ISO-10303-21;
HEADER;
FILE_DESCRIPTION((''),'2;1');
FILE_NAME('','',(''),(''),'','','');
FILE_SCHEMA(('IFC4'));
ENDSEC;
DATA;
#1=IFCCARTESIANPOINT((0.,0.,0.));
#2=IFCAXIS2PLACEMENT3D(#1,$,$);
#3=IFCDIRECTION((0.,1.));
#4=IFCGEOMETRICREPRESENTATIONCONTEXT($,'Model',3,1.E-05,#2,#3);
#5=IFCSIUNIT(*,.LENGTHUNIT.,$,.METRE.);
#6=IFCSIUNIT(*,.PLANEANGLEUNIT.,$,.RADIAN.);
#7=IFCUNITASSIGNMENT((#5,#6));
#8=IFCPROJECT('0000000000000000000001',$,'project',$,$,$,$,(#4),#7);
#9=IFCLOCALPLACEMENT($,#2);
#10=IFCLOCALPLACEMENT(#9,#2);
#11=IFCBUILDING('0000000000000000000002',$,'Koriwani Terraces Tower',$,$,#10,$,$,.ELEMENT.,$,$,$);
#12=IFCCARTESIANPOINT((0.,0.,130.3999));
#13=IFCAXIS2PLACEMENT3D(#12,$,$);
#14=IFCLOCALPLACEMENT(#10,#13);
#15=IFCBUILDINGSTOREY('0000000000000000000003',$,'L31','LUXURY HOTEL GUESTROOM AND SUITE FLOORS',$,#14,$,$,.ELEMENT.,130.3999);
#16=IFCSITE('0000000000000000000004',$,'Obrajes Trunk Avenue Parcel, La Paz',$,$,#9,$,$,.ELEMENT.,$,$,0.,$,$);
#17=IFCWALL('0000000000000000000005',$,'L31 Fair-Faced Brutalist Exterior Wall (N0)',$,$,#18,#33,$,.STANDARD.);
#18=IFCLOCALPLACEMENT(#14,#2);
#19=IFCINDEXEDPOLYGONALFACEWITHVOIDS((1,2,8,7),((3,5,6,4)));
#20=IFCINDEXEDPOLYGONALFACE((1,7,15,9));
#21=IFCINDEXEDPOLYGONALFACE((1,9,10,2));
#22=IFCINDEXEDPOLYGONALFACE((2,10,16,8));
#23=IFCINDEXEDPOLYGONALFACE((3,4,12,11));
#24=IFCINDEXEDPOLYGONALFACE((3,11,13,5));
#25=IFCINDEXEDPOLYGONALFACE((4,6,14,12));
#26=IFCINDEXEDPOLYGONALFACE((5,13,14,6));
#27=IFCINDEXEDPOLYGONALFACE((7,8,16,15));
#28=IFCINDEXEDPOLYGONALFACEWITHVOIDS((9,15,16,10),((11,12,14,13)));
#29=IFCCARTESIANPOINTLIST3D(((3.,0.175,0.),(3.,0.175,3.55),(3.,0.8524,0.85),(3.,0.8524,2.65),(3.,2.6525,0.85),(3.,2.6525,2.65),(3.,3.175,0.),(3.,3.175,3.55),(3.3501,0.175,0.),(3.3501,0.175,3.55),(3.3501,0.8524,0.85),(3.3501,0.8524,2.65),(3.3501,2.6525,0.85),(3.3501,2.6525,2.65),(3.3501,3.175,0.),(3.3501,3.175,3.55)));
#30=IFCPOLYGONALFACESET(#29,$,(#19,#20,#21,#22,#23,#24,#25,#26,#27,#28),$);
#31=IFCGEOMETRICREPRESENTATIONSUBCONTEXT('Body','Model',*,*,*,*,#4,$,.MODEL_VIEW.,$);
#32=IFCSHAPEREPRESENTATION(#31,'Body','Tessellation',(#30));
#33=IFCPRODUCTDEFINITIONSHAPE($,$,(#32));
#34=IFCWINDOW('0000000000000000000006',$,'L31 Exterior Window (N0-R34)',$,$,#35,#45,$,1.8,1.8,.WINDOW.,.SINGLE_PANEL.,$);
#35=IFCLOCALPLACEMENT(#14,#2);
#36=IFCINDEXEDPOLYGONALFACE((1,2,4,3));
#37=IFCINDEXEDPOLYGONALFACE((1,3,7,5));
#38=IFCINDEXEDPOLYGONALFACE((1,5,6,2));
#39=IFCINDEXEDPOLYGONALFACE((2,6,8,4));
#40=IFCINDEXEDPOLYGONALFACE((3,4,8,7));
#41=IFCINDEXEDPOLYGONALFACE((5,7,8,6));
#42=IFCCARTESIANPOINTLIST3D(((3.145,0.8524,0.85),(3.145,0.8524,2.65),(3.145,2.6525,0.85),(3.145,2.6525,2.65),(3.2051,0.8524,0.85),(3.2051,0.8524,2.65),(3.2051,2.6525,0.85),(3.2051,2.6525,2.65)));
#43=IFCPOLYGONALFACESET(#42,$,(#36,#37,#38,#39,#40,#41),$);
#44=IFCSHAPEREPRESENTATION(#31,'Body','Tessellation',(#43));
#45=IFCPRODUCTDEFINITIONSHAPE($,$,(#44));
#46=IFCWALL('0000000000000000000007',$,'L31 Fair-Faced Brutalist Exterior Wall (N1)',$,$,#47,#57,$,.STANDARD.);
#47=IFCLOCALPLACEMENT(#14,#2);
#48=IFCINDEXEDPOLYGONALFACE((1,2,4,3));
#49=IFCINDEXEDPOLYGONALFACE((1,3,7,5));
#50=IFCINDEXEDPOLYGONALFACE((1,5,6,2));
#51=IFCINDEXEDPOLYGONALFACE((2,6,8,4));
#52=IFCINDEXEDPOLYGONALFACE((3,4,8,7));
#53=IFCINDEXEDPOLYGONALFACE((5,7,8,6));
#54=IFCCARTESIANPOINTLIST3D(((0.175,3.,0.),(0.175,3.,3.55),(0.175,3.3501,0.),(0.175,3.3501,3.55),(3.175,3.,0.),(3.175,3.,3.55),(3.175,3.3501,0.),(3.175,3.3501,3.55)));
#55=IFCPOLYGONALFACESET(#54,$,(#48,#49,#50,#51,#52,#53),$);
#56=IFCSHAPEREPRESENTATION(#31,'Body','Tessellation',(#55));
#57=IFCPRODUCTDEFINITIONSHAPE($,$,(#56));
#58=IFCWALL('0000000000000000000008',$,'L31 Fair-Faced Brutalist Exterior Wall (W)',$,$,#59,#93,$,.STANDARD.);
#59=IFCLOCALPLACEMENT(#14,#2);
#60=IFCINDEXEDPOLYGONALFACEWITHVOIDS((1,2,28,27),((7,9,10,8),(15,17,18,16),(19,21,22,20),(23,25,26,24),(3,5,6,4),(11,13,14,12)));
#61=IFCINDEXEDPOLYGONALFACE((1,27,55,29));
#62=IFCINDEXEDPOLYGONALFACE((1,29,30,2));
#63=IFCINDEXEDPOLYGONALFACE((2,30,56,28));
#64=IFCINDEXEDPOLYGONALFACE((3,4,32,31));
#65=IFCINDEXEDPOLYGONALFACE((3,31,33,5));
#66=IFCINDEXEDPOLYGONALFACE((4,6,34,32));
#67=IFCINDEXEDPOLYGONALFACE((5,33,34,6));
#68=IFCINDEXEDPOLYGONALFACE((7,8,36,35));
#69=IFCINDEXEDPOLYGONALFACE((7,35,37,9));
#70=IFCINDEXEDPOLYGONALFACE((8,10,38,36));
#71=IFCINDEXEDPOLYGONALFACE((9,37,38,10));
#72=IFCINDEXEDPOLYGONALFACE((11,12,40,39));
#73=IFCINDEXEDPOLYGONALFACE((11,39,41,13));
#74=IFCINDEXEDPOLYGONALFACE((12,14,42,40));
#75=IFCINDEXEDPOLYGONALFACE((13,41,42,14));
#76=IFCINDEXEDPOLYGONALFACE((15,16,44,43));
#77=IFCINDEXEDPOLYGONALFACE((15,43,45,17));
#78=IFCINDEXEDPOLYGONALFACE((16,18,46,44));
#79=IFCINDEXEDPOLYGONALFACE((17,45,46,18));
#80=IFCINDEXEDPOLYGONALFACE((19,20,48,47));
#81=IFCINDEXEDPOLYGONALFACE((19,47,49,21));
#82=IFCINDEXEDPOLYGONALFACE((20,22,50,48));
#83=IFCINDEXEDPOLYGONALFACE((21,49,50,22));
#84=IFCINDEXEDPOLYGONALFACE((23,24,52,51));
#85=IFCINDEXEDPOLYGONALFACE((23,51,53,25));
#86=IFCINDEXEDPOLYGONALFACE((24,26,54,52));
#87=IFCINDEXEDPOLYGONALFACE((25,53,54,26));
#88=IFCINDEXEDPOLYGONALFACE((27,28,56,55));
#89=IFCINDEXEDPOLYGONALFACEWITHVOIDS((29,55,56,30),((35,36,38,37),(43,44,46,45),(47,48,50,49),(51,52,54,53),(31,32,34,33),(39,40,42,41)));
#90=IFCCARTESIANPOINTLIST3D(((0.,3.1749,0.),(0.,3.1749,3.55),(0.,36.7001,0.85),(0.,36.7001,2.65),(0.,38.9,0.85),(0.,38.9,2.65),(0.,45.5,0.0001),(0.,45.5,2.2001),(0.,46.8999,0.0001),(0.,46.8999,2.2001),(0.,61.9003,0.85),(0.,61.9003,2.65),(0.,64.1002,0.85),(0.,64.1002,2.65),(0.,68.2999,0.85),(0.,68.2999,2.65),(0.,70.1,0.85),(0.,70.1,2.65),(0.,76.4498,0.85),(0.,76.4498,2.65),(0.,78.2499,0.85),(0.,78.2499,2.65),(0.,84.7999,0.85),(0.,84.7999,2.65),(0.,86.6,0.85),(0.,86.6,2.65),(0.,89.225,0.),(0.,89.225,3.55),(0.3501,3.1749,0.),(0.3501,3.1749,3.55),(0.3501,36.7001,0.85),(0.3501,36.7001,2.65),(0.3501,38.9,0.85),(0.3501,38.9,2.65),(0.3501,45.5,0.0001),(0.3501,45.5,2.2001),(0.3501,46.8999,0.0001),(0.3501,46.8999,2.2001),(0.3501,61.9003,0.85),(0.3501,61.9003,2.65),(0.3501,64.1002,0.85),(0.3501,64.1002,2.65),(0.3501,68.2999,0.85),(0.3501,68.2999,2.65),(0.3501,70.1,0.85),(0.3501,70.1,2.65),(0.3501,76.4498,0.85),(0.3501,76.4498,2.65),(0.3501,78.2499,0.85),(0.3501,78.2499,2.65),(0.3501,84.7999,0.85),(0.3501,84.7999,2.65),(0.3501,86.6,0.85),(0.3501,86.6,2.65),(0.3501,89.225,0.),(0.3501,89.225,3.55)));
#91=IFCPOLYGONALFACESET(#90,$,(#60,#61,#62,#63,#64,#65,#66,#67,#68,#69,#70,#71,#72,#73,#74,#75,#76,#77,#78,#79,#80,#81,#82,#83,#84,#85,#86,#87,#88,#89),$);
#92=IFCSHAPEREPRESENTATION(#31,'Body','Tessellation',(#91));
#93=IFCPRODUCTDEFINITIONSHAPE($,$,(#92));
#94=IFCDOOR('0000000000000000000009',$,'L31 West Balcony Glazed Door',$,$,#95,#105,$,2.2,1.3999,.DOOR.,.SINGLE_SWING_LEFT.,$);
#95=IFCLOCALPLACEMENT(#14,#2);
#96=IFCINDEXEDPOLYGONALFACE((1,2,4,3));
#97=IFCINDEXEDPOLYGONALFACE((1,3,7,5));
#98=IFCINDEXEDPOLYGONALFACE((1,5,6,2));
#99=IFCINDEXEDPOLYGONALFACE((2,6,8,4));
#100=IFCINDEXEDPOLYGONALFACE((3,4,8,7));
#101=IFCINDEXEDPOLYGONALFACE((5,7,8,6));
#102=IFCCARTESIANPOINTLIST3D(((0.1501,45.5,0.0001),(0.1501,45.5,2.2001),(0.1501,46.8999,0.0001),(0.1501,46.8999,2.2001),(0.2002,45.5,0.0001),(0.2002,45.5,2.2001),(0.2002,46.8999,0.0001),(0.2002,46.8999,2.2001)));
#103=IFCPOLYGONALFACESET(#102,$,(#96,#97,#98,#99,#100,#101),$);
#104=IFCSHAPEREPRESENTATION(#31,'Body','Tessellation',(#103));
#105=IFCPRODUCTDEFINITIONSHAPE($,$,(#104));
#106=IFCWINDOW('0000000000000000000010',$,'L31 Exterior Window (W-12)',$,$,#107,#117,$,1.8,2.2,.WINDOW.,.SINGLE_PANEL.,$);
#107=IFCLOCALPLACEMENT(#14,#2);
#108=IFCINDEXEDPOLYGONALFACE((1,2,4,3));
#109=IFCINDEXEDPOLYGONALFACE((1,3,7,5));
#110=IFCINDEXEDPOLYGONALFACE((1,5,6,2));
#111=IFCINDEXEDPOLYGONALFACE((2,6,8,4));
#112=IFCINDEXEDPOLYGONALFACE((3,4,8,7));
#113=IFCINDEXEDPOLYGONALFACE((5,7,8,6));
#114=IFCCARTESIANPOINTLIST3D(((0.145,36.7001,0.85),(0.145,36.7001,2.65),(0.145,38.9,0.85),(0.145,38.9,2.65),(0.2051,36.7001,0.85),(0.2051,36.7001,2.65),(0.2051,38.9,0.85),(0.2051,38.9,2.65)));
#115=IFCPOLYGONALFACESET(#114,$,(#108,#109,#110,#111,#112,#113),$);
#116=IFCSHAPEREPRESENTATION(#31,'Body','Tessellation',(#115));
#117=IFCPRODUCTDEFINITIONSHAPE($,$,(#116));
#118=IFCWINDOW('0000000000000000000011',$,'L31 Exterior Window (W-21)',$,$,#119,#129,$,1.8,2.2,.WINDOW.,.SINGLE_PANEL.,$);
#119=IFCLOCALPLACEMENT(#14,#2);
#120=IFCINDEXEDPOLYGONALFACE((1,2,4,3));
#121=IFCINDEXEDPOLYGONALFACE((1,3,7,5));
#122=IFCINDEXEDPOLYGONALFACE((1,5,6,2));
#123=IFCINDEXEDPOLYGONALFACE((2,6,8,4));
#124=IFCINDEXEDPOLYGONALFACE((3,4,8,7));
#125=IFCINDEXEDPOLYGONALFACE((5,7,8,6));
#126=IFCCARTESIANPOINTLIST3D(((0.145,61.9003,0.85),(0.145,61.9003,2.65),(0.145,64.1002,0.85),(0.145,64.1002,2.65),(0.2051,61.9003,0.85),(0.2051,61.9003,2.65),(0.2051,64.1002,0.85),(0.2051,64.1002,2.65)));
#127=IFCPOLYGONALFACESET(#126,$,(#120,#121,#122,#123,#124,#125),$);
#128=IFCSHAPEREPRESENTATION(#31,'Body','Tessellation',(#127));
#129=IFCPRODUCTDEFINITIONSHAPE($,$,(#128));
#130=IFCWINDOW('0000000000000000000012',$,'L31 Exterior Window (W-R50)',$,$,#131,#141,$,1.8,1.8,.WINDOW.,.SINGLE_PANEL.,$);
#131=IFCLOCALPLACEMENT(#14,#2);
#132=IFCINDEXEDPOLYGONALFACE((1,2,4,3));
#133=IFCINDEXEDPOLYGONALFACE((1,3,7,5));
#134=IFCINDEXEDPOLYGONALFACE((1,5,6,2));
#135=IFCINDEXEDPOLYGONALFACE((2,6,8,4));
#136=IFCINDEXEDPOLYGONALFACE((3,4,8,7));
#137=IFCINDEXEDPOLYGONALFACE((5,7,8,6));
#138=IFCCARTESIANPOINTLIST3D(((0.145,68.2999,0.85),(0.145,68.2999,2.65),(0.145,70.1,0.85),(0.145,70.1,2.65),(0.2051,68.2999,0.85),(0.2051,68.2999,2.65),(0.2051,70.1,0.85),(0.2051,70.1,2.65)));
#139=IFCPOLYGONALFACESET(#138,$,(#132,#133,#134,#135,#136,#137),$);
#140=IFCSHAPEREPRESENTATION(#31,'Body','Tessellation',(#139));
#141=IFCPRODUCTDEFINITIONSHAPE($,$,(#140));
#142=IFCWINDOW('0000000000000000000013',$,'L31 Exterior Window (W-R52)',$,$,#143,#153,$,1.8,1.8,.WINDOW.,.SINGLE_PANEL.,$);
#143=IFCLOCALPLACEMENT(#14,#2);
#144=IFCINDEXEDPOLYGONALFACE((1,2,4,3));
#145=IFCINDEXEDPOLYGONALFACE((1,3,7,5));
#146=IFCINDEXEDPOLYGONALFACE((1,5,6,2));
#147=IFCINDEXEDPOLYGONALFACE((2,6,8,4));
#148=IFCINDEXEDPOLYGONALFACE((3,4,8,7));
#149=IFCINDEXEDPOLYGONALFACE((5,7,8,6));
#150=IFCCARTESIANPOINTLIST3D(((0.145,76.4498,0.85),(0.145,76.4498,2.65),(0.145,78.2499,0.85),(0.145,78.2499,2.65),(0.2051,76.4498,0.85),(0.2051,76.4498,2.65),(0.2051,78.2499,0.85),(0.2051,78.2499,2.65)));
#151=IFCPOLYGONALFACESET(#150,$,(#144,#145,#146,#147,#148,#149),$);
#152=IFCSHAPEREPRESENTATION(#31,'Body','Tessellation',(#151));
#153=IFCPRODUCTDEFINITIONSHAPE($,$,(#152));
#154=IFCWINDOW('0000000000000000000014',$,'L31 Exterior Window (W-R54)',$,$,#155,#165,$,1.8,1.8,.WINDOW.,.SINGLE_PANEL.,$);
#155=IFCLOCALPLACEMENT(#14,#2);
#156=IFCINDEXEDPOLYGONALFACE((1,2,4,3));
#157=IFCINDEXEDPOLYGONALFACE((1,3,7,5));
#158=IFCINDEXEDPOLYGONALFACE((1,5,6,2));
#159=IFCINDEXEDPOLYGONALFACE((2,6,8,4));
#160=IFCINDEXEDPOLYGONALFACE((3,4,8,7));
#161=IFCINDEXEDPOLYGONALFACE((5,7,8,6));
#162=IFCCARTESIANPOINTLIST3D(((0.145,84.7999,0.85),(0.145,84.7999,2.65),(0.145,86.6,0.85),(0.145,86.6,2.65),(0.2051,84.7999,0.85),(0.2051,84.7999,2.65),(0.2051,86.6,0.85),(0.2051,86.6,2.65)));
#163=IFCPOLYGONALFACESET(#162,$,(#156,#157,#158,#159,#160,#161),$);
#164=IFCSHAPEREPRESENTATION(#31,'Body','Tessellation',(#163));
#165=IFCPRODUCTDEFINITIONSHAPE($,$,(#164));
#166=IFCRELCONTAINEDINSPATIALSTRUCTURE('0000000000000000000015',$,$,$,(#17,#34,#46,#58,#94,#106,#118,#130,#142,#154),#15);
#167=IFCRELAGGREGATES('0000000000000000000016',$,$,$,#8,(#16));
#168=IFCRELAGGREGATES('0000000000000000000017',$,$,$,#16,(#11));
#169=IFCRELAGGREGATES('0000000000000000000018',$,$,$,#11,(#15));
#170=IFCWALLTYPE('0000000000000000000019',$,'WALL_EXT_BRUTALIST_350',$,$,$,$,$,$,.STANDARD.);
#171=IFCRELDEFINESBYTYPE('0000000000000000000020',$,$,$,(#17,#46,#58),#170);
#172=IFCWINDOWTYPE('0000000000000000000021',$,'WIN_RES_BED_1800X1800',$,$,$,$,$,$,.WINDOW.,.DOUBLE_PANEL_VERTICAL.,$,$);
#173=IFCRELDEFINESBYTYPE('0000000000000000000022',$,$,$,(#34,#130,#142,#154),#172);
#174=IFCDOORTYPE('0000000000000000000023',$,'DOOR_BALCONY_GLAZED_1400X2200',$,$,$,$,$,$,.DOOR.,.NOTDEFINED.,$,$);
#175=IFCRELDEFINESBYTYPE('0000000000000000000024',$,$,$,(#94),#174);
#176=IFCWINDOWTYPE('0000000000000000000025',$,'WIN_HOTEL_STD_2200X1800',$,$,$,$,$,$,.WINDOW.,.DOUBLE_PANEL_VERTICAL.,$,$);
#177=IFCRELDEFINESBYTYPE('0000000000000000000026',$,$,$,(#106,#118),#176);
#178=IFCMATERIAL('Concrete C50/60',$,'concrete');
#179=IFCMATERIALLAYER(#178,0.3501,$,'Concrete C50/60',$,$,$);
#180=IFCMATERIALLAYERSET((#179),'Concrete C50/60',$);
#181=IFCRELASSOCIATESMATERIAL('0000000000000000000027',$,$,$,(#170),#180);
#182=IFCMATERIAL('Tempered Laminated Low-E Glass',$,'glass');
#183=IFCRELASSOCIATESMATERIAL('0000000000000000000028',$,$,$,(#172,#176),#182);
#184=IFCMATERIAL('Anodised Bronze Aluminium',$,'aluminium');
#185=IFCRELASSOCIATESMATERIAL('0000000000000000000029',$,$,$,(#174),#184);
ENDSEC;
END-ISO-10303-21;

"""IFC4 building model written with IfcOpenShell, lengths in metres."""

from ifc_helpers import new_model, si_unit, direction, frame, frame_2d, origin, place, context, subcontext, project, spatial, rectangle, extrude, material, layer, layer_set, type_object, element, fill, save


model = new_model("IFC4")

# Units and contexts
model_context = context("Model", 3, precision=1e-05, world=origin(), true_north=direction((0.0, 1.0)))
body_context = subcontext(model_context, "Body", "Model", "MODEL_VIEW")
ifc_project = project(units=[si_unit("LENGTHUNIT", "METRE"), si_unit("PLANEANGLEUNIT", "RADIAN")], contexts=[model_context])

# Site, building, storey
site_placement = place(None, origin())
site = spatial("IfcSite", under=ifc_project, at=site_placement, Name="Obrajes Trunk Avenue Parcel, La Paz", CompositionType="ELEMENT", RefElevation=0.0)
building_placement = place(site_placement, origin())
building = spatial("IfcBuilding", under=site, at=building_placement, Name="Koriwani Terraces Tower", CompositionType="ELEMENT")
storey_placement = place(building_placement, frame((0.0, 0.0, 130.3999)))
storey = spatial("IfcBuildingStorey", under=building, at=storey_placement, Name="L31", Description="LUXURY HOTEL GUESTROOM AND SUITE FLOORS", CompositionType="ELEMENT", Elevation=130.3999)

# Shared definitions
ifc_material_1 = material(Name="Concrete C50/60", Category="concrete")

# Wall, opening, window
ifc_layer_1 = layer(ifc_material_1, 0.3501, Name="Concrete C50/60")
ifc_layer_set_1 = layer_set([ifc_layer_1], Name="Concrete C50/60")
wall_type_1 = type_object("IfcWallType", Name="WALL_EXT_BRUTALIST_350", PredefinedType="STANDARD", material=ifc_layer_set_1)
wall_1_placement = place(storey_placement, frame((3.175, 0.175, 0.0), z_axis=(0.0, 0.0, 1.0), x_axis=(0.0, 1.0, 0.0)))
wall_1 = element("IfcWall", 1, at=wall_1_placement, inside=storey, type_object=wall_type_1, Name="L31 Fair-Faced Brutalist Exterior Wall (N0)", PredefinedType="STANDARD", context=body_context, shape_type="SweptSolid", body=[
    extrude(rectangle(XDim=3.0, YDim=0.3501, at=frame_2d((1.5, 0.0))), origin(), (0.0, 0.0, 1.0), 3.55),
])
opening_1_placement = place(wall_1_placement, frame((0.6775, 0.0, 0.8501)))
opening_1 = element("IfcOpeningElement", 2, at=opening_1_placement, cuts=wall_1, PredefinedType="OPENING", context=body_context, shape_type="SweptSolid", body=[
    extrude(rectangle(XDim=1.8, YDim=1.8, at=frame_2d((0.8999, 0.8999))), frame((0.0, 0.1851, 0.0), z_axis=(0.0, -1.0, 0.0), x_axis=(1.0, 0.0, 0.0)), (0.0, 0.0, 1.0), 0.3701),
])
ifc_material_2 = material(Name="Tempered Laminated Low-E Glass", Category="glass")
window_type_1 = type_object("IfcWindowType", Name="WIN_RES_BED_1800X1800", PartitioningType="DOUBLE_PANEL_VERTICAL", PredefinedType="WINDOW", material=ifc_material_2)
window_1_placement = place(opening_1_placement, origin())
window_1 = element("IfcWindow", 3, at=window_1_placement, inside=storey, type_object=window_type_1, Name="L31 Exterior Window (N0-R34)", OverallHeight=1.8, OverallWidth=1.8, PartitioningType="SINGLE_PANEL", PredefinedType="WINDOW", context=body_context, shape_type="SweptSolid", body=[
    extrude(rectangle(XDim=1.8, YDim=1.8, at=frame_2d((0.8999, 0.8999))), frame((0.0, 0.03, 0.0), z_axis=(0.0, -1.0, 0.0), x_axis=(1.0, 0.0, 0.0)), (0.0, 0.0, 1.0), 0.0601),
])
fill(opening_1, window_1)

# Wall
wall_2_placement = place(storey_placement, frame((3.175, 3.175, 0.0), z_axis=(0.0, 0.0, 1.0), x_axis=(-1.0, 0.0, 0.0)))
element("IfcWall", 4, at=wall_2_placement, inside=storey, type_object=wall_type_1, Name="L31 Fair-Faced Brutalist Exterior Wall (N1)", PredefinedType="STANDARD", context=body_context, shape_type="SweptSolid", body=[
    extrude(rectangle(XDim=3.0, YDim=0.3501, at=frame_2d((1.5, 0.0))), origin(), (0.0, 0.0, 1.0), 3.55),
])

# Wall, openings, door, windows
wall_3_placement = place(storey_placement, frame((0.175, 3.175, 0.0), z_axis=(0.0, 0.0, 1.0), x_axis=(0.0, 1.0, 0.0)))
wall_3 = element("IfcWall", 5, at=wall_3_placement, inside=storey, type_object=wall_type_1, Name="L31 Fair-Faced Brutalist Exterior Wall (W)", PredefinedType="STANDARD", context=body_context, shape_type="SweptSolid", body=[
    extrude(rectangle(XDim=86.05, YDim=0.3501, at=frame_2d((43.0249, 0.0))), origin(), (0.0, 0.0, 1.0), 3.55),
])
opening_2_placement = place(wall_3_placement, frame((42.325, 0.0, 0.0)))
opening_2 = element("IfcOpeningElement", 6, at=opening_2_placement, cuts=wall_3, PredefinedType="OPENING", context=body_context, shape_type="SweptSolid", body=[
    extrude(rectangle(XDim=1.3999, YDim=2.2, at=frame_2d((0.7, 1.1001))), frame((0.0, 0.1851, 0.0), z_axis=(0.0, -1.0, 0.0), x_axis=(1.0, 0.0, 0.0)), (0.0, 0.0, 1.0), 0.3701),
])
opening_3_placement = place(wall_3_placement, frame((33.5249, 0.0, 0.8501)))
opening_3 = element("IfcOpeningElement", 7, at=opening_3_placement, cuts=wall_3, PredefinedType="OPENING", context=body_context, shape_type="SweptSolid", body=[
    extrude(rectangle(XDim=2.2, YDim=1.8, at=frame_2d((1.1001, 0.8999))), frame((0.0, 0.1851, 0.0), z_axis=(0.0, -1.0, 0.0), x_axis=(1.0, 0.0, 0.0)), (0.0, 0.0, 1.0), 0.3701),
])
opening_4_placement = place(wall_3_placement, frame((58.7251, 0.0, 0.8501)))
opening_4 = element("IfcOpeningElement", 8, at=opening_4_placement, cuts=wall_3, PredefinedType="OPENING", context=body_context, shape_type="SweptSolid", body=[
    extrude(rectangle(XDim=2.2, YDim=1.8, at=frame_2d((1.1001, 0.8999))), frame((0.0, 0.1851, 0.0), z_axis=(0.0, -1.0, 0.0), x_axis=(1.0, 0.0, 0.0)), (0.0, 0.0, 1.0), 0.3701),
])
opening_5_placement = place(wall_3_placement, frame((65.125, 0.0, 0.8501)))
opening_5 = element("IfcOpeningElement", 9, at=opening_5_placement, cuts=wall_3, PredefinedType="OPENING", context=body_context, shape_type="SweptSolid", body=[
    extrude(rectangle(XDim=1.8, YDim=1.8, at=frame_2d((0.8999, 0.8999))), frame((0.0, 0.1851, 0.0), z_axis=(0.0, -1.0, 0.0), x_axis=(1.0, 0.0, 0.0)), (0.0, 0.0, 1.0), 0.3701),
])
opening_6_placement = place(wall_3_placement, frame((73.2749, 0.0, 0.8501)))
opening_6 = element("IfcOpeningElement", 10, at=opening_6_placement, cuts=wall_3, PredefinedType="OPENING", context=body_context, shape_type="SweptSolid", body=[
    extrude(rectangle(XDim=1.8, YDim=1.8, at=frame_2d((0.8999, 0.8999))), frame((0.0, 0.1851, 0.0), z_axis=(0.0, -1.0, 0.0), x_axis=(1.0, 0.0, 0.0)), (0.0, 0.0, 1.0), 0.3701),
])
opening_7_placement = place(wall_3_placement, frame((81.625, 0.0, 0.8501)))
opening_7 = element("IfcOpeningElement", 11, at=opening_7_placement, cuts=wall_3, PredefinedType="OPENING", context=body_context, shape_type="SweptSolid", body=[
    extrude(rectangle(XDim=1.8, YDim=1.8, at=frame_2d((0.8999, 0.8999))), frame((0.0, 0.1851, 0.0), z_axis=(0.0, -1.0, 0.0), x_axis=(1.0, 0.0, 0.0)), (0.0, 0.0, 1.0), 0.3701),
])
ifc_material_3 = material(Name="Anodised Bronze Aluminium", Category="aluminium")
door_type = type_object("IfcDoorType", Name="DOOR_BALCONY_GLAZED_1400X2200", OperationType="NOTDEFINED", PredefinedType="DOOR", material=ifc_material_3)
door_placement = place(opening_2_placement, origin())
door = element("IfcDoor", 12, at=door_placement, inside=storey, type_object=door_type, Name="L31 West Balcony Glazed Door", OperationType="SINGLE_SWING_LEFT", OverallHeight=2.2, OverallWidth=1.3999, PredefinedType="DOOR", context=body_context, shape_type="SweptSolid", body=[
    extrude(rectangle(XDim=1.3999, YDim=2.2, at=frame_2d((0.7, 1.1001))), frame((0.0, 0.0249, 0.0), z_axis=(0.0, -1.0, 0.0), x_axis=(1.0, 0.0, 0.0)), (0.0, 0.0, 1.0), 0.05),
])
fill(opening_2, door)
window_type_2 = type_object("IfcWindowType", Name="WIN_HOTEL_STD_2200X1800", PartitioningType="DOUBLE_PANEL_VERTICAL", PredefinedType="WINDOW", material=ifc_material_2)
window_2_placement = place(opening_3_placement, origin())
window_2 = element("IfcWindow", 13, at=window_2_placement, inside=storey, type_object=window_type_2, Name="L31 Exterior Window (W-12)", OverallHeight=1.8, OverallWidth=2.2, PartitioningType="SINGLE_PANEL", PredefinedType="WINDOW", context=body_context, shape_type="SweptSolid", body=[
    extrude(rectangle(XDim=2.2, YDim=1.8, at=frame_2d((1.1001, 0.8999))), frame((0.0, 0.03, 0.0), z_axis=(0.0, -1.0, 0.0), x_axis=(1.0, 0.0, 0.0)), (0.0, 0.0, 1.0), 0.0601),
])
fill(opening_3, window_2)
window_3_placement = place(opening_4_placement, origin())
window_3 = element("IfcWindow", 14, at=window_3_placement, inside=storey, type_object=window_type_2, Name="L31 Exterior Window (W-21)", OverallHeight=1.8, OverallWidth=2.2, PartitioningType="SINGLE_PANEL", PredefinedType="WINDOW", context=body_context, shape_type="SweptSolid", body=[
    extrude(rectangle(XDim=2.2, YDim=1.8, at=frame_2d((1.1001, 0.8999))), frame((0.0, 0.03, 0.0), z_axis=(0.0, -1.0, 0.0), x_axis=(1.0, 0.0, 0.0)), (0.0, 0.0, 1.0), 0.0601),
])
fill(opening_4, window_3)
window_4_placement = place(opening_5_placement, origin())
window_4 = element("IfcWindow", 15, at=window_4_placement, inside=storey, type_object=window_type_1, Name="L31 Exterior Window (W-R50)", OverallHeight=1.8, OverallWidth=1.8, PartitioningType="SINGLE_PANEL", PredefinedType="WINDOW", context=body_context, shape_type="SweptSolid", body=[
    extrude(rectangle(XDim=1.8, YDim=1.8, at=frame_2d((0.8999, 0.8999))), frame((0.0, 0.03, 0.0), z_axis=(0.0, -1.0, 0.0), x_axis=(1.0, 0.0, 0.0)), (0.0, 0.0, 1.0), 0.0601),
])
fill(opening_5, window_4)
window_5_placement = place(opening_6_placement, origin())
window_5 = element("IfcWindow", 16, at=window_5_placement, inside=storey, type_object=window_type_1, Name="L31 Exterior Window (W-R52)", OverallHeight=1.8, OverallWidth=1.8, PartitioningType="SINGLE_PANEL", PredefinedType="WINDOW", context=body_context, shape_type="SweptSolid", body=[
    extrude(rectangle(XDim=1.8, YDim=1.8, at=frame_2d((0.8999, 0.8999))), frame((0.0, 0.03, 0.0), z_axis=(0.0, -1.0, 0.0), x_axis=(1.0, 0.0, 0.0)), (0.0, 0.0, 1.0), 0.0601),
])
fill(opening_6, window_5)
window_6_placement = place(opening_7_placement, origin())
window_6 = element("IfcWindow", 17, at=window_6_placement, inside=storey, type_object=window_type_1, Name="L31 Exterior Window (W-R54)", OverallHeight=1.8, OverallWidth=1.8, PartitioningType="SINGLE_PANEL", PredefinedType="WINDOW", context=body_context, shape_type="SweptSolid", body=[
    extrude(rectangle(XDim=1.8, YDim=1.8, at=frame_2d((0.8999, 0.8999))), frame((0.0, 0.03, 0.0), z_axis=(0.0, -1.0, 0.0), x_axis=(1.0, 0.0, 0.0)), (0.0, 0.0, 1.0), 0.0601),
])
fill(opening_7, window_6)

save(model, "model.ifc")
